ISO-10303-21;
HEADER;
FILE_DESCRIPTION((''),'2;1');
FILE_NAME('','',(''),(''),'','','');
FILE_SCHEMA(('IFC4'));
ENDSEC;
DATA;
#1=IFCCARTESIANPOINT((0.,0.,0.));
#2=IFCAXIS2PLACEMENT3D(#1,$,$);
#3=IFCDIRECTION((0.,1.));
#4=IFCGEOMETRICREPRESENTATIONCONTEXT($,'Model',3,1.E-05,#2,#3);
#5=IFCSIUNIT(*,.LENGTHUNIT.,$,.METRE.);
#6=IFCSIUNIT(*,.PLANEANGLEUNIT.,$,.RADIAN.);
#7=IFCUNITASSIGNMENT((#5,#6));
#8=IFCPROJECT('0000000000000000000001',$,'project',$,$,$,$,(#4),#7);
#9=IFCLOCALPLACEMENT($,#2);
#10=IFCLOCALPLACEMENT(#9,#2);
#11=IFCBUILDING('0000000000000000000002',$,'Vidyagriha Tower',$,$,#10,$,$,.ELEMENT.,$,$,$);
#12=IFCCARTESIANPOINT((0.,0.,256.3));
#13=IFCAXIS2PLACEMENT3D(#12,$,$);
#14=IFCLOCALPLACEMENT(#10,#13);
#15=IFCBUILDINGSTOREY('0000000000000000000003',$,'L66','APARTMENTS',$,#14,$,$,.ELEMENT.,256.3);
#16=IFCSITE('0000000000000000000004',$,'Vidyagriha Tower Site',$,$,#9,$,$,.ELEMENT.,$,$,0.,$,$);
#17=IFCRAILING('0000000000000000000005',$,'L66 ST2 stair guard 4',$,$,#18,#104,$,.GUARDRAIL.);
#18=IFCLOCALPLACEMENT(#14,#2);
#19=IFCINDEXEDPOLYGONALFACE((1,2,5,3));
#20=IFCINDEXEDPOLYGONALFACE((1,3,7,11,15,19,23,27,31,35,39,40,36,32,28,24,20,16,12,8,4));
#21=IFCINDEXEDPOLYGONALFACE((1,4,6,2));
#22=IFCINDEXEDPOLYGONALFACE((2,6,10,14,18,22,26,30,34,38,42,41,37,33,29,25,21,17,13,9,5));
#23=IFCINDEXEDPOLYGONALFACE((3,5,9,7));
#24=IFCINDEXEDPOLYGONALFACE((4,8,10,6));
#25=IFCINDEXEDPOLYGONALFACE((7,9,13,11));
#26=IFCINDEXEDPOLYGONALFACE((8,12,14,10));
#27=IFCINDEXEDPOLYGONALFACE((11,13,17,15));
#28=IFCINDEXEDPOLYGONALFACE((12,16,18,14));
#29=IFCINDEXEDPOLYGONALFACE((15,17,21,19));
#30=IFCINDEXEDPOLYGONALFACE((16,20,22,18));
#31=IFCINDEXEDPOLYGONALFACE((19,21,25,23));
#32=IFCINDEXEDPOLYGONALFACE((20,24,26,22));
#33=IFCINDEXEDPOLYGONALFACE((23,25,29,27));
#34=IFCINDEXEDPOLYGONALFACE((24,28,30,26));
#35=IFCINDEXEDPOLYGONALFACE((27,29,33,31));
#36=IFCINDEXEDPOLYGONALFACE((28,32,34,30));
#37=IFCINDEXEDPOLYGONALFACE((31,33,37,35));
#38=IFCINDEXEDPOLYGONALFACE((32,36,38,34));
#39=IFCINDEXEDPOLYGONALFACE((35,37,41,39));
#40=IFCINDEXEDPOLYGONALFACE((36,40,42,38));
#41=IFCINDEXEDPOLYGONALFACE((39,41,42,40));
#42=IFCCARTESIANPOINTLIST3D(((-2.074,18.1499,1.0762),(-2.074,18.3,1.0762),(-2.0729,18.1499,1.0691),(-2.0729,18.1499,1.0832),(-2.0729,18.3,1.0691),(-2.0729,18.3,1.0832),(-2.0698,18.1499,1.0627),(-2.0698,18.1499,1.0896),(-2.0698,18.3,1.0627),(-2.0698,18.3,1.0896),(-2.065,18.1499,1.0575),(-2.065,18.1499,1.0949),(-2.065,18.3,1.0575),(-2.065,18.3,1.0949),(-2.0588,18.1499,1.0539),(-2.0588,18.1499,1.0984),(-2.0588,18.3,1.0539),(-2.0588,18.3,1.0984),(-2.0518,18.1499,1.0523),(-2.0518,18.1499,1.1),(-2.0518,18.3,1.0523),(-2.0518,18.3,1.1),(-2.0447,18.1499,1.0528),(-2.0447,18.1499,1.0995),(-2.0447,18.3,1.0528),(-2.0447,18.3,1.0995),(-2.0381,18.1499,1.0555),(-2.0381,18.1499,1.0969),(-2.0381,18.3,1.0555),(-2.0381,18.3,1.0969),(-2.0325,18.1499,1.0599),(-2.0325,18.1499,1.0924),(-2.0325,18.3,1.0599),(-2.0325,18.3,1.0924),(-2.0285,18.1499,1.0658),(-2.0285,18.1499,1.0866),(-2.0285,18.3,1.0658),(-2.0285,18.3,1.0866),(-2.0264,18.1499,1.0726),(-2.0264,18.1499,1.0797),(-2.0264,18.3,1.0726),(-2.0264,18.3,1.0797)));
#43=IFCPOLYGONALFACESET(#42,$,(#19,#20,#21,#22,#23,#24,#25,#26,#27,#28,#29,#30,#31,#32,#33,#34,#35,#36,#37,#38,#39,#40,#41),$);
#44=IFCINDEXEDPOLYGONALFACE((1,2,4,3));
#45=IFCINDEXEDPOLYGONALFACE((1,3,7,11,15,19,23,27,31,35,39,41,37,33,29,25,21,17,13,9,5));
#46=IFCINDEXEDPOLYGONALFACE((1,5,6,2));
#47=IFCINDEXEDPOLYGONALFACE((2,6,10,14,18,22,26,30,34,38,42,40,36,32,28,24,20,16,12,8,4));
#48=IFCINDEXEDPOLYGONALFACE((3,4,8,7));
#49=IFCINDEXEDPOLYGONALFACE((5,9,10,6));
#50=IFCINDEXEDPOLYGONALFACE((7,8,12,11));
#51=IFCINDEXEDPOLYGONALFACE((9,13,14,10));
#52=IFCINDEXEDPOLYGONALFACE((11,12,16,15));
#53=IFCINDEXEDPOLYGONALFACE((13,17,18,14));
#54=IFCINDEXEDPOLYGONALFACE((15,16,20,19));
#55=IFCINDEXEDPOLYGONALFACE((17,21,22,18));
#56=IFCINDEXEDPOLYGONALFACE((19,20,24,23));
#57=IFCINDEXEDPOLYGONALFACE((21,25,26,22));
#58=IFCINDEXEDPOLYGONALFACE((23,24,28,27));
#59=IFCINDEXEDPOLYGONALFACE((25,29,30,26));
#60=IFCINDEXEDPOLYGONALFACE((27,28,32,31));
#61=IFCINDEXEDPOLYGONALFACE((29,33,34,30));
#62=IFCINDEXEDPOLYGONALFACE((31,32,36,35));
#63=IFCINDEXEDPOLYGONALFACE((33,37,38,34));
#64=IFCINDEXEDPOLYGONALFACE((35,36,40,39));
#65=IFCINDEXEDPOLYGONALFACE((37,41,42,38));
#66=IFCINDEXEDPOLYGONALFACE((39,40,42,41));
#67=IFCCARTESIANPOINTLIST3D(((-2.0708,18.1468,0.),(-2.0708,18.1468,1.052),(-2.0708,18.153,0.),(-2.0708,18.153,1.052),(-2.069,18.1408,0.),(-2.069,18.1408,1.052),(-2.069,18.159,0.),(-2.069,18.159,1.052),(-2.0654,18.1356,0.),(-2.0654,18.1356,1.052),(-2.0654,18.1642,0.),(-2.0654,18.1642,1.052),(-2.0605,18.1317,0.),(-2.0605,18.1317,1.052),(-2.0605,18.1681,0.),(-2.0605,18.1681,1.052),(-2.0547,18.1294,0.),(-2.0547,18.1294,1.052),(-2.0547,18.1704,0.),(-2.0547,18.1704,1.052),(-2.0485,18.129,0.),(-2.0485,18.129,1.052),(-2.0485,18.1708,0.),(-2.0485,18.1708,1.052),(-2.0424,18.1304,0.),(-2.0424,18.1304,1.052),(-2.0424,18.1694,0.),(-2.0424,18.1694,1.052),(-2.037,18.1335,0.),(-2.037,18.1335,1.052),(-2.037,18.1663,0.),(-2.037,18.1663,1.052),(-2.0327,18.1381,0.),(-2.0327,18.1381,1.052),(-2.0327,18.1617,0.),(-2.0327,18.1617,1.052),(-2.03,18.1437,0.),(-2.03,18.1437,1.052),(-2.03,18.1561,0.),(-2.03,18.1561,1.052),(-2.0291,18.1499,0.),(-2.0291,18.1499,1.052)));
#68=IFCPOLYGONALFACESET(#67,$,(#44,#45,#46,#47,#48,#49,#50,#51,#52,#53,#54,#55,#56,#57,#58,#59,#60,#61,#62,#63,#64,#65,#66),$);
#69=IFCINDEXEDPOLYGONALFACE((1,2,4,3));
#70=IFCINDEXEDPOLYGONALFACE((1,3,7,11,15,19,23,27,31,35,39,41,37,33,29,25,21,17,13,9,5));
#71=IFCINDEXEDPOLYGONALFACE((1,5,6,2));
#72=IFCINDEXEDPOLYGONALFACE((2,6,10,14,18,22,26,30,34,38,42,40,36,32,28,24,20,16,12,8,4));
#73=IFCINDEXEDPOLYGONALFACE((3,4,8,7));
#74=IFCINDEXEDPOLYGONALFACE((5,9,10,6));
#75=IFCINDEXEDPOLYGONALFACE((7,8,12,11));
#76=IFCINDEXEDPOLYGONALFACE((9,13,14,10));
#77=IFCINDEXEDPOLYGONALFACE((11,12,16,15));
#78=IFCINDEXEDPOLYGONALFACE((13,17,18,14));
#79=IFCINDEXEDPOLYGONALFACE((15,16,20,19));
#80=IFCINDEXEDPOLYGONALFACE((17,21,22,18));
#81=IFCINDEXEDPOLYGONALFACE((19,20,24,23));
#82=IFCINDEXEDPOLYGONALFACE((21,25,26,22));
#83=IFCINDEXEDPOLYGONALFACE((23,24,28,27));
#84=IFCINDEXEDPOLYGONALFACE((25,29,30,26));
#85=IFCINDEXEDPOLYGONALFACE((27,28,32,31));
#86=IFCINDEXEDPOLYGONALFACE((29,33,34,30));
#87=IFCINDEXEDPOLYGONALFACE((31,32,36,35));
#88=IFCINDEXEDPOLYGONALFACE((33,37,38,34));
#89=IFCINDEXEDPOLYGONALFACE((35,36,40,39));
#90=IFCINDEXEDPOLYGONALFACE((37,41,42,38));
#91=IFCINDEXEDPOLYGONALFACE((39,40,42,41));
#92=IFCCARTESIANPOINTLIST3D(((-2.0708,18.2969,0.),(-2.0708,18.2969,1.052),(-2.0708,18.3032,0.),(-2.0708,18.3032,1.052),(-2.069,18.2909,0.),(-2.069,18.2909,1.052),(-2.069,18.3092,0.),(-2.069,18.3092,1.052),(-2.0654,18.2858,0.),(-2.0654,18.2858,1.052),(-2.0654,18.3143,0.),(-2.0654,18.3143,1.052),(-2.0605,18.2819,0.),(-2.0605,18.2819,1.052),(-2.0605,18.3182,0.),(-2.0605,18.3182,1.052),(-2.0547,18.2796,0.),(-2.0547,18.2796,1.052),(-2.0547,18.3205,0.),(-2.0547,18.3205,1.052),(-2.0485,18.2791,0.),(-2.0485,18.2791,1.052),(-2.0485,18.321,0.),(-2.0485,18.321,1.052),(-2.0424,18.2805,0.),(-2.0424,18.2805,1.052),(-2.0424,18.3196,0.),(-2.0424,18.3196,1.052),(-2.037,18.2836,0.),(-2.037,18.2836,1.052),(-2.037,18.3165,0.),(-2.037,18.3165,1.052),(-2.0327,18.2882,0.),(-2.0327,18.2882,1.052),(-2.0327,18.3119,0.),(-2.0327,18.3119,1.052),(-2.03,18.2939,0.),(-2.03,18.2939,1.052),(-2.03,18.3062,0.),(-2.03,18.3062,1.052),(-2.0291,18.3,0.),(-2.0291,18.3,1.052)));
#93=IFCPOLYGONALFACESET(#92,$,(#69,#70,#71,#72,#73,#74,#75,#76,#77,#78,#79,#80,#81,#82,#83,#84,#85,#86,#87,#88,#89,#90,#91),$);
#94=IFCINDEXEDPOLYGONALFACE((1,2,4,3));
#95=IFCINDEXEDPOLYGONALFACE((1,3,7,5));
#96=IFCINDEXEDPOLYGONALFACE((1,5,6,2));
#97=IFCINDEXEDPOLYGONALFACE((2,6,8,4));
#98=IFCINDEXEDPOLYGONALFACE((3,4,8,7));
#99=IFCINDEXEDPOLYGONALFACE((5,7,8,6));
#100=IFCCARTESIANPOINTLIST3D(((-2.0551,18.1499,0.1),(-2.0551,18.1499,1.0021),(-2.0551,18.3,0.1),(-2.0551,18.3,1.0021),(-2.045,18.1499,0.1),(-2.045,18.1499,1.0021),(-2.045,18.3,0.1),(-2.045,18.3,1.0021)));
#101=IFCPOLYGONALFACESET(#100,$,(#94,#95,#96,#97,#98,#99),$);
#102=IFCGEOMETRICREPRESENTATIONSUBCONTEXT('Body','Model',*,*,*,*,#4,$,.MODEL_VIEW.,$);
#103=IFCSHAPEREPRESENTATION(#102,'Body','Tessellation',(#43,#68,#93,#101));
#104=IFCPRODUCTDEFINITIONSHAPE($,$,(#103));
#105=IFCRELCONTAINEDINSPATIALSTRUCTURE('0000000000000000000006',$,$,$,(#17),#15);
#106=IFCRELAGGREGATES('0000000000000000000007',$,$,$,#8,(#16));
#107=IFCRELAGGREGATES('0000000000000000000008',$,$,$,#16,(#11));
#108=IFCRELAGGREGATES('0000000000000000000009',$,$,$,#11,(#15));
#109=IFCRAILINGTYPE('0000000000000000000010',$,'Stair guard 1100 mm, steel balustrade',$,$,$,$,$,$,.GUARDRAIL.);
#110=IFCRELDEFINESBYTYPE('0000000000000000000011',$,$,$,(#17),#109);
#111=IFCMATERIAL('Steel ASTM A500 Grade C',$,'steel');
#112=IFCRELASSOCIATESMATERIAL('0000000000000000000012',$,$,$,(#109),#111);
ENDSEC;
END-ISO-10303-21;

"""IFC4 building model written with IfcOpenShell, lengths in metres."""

from ifc_helpers import new_model, si_unit, direction, frame, origin, origin_2d, place, context, subcontext, project, spatial, rectangle, circle, extrude, material, type_object, element, save


model = new_model("IFC4")

# Units and contexts
model_context = context("Model", 3, precision=1e-05, world=origin(), true_north=direction((0.0, 1.0)))
body_context = subcontext(model_context, "Body", "Model", "MODEL_VIEW")
ifc_project = project(units=[si_unit("LENGTHUNIT", "METRE"), si_unit("PLANEANGLEUNIT", "RADIAN")], contexts=[model_context])

# Site, building, storey
site_placement = place(None, origin())
site = spatial("IfcSite", under=ifc_project, at=site_placement, Name="Vidyagriha Tower Site", CompositionType="ELEMENT", RefElevation=0.0)
building_placement = place(site_placement, origin())
building = spatial("IfcBuilding", under=site, at=building_placement, Name="Vidyagriha Tower", CompositionType="ELEMENT")
storey_placement = place(building_placement, frame((0.0, 0.0, 256.3)))
storey = spatial("IfcBuildingStorey", under=building, at=storey_placement, Name="L66", Description="APARTMENTS", CompositionType="ELEMENT", Elevation=256.3)

# Railing
ifc_material_1 = material(Name="Steel ASTM A500 Grade C", Category="steel")
railing_type_1 = type_object("IfcRailingType", Name="Stair guard 1100 mm, steel balustrade", PredefinedType="GUARDRAIL", material=ifc_material_1)
railing_1_placement = place(storey_placement, frame((-2.05, 18.1499, 0.0)))
element("IfcRailing", 1, at=railing_1_placement, inside=storey, type_object=railing_type_1, Name="L66 ST2 stair guard 4", PredefinedType="GUARDRAIL", context=body_context, shape_type="SweptSolid", body=[
    extrude(circle(Radius=0.0239, at=origin_2d()), frame((0.0, 0.0, 1.0762), z_axis=(0.0, 1.0, 0.0), x_axis=(-1.0, 0.0, 0.0)), (0.0, 0.0, 1.0), 0.1501),
    extrude(circle(Radius=0.021, at=origin_2d()), origin(), (0.0, 0.0, 1.0), 1.052),
    extrude(circle(Radius=0.021, at=origin_2d()), frame((0.0, 0.1501, 0.0)), (0.0, 0.0, 1.0), 1.052),
    extrude(rectangle(XDim=0.01, YDim=0.9021, at=origin_2d()), frame((0.0, 0.0, 0.551), z_axis=(0.0, 1.0, 0.0), x_axis=(-1.0, 0.0, 0.0)), (0.0, 0.0, 1.0), 0.1501),
])

save(model, "model.ifc")
